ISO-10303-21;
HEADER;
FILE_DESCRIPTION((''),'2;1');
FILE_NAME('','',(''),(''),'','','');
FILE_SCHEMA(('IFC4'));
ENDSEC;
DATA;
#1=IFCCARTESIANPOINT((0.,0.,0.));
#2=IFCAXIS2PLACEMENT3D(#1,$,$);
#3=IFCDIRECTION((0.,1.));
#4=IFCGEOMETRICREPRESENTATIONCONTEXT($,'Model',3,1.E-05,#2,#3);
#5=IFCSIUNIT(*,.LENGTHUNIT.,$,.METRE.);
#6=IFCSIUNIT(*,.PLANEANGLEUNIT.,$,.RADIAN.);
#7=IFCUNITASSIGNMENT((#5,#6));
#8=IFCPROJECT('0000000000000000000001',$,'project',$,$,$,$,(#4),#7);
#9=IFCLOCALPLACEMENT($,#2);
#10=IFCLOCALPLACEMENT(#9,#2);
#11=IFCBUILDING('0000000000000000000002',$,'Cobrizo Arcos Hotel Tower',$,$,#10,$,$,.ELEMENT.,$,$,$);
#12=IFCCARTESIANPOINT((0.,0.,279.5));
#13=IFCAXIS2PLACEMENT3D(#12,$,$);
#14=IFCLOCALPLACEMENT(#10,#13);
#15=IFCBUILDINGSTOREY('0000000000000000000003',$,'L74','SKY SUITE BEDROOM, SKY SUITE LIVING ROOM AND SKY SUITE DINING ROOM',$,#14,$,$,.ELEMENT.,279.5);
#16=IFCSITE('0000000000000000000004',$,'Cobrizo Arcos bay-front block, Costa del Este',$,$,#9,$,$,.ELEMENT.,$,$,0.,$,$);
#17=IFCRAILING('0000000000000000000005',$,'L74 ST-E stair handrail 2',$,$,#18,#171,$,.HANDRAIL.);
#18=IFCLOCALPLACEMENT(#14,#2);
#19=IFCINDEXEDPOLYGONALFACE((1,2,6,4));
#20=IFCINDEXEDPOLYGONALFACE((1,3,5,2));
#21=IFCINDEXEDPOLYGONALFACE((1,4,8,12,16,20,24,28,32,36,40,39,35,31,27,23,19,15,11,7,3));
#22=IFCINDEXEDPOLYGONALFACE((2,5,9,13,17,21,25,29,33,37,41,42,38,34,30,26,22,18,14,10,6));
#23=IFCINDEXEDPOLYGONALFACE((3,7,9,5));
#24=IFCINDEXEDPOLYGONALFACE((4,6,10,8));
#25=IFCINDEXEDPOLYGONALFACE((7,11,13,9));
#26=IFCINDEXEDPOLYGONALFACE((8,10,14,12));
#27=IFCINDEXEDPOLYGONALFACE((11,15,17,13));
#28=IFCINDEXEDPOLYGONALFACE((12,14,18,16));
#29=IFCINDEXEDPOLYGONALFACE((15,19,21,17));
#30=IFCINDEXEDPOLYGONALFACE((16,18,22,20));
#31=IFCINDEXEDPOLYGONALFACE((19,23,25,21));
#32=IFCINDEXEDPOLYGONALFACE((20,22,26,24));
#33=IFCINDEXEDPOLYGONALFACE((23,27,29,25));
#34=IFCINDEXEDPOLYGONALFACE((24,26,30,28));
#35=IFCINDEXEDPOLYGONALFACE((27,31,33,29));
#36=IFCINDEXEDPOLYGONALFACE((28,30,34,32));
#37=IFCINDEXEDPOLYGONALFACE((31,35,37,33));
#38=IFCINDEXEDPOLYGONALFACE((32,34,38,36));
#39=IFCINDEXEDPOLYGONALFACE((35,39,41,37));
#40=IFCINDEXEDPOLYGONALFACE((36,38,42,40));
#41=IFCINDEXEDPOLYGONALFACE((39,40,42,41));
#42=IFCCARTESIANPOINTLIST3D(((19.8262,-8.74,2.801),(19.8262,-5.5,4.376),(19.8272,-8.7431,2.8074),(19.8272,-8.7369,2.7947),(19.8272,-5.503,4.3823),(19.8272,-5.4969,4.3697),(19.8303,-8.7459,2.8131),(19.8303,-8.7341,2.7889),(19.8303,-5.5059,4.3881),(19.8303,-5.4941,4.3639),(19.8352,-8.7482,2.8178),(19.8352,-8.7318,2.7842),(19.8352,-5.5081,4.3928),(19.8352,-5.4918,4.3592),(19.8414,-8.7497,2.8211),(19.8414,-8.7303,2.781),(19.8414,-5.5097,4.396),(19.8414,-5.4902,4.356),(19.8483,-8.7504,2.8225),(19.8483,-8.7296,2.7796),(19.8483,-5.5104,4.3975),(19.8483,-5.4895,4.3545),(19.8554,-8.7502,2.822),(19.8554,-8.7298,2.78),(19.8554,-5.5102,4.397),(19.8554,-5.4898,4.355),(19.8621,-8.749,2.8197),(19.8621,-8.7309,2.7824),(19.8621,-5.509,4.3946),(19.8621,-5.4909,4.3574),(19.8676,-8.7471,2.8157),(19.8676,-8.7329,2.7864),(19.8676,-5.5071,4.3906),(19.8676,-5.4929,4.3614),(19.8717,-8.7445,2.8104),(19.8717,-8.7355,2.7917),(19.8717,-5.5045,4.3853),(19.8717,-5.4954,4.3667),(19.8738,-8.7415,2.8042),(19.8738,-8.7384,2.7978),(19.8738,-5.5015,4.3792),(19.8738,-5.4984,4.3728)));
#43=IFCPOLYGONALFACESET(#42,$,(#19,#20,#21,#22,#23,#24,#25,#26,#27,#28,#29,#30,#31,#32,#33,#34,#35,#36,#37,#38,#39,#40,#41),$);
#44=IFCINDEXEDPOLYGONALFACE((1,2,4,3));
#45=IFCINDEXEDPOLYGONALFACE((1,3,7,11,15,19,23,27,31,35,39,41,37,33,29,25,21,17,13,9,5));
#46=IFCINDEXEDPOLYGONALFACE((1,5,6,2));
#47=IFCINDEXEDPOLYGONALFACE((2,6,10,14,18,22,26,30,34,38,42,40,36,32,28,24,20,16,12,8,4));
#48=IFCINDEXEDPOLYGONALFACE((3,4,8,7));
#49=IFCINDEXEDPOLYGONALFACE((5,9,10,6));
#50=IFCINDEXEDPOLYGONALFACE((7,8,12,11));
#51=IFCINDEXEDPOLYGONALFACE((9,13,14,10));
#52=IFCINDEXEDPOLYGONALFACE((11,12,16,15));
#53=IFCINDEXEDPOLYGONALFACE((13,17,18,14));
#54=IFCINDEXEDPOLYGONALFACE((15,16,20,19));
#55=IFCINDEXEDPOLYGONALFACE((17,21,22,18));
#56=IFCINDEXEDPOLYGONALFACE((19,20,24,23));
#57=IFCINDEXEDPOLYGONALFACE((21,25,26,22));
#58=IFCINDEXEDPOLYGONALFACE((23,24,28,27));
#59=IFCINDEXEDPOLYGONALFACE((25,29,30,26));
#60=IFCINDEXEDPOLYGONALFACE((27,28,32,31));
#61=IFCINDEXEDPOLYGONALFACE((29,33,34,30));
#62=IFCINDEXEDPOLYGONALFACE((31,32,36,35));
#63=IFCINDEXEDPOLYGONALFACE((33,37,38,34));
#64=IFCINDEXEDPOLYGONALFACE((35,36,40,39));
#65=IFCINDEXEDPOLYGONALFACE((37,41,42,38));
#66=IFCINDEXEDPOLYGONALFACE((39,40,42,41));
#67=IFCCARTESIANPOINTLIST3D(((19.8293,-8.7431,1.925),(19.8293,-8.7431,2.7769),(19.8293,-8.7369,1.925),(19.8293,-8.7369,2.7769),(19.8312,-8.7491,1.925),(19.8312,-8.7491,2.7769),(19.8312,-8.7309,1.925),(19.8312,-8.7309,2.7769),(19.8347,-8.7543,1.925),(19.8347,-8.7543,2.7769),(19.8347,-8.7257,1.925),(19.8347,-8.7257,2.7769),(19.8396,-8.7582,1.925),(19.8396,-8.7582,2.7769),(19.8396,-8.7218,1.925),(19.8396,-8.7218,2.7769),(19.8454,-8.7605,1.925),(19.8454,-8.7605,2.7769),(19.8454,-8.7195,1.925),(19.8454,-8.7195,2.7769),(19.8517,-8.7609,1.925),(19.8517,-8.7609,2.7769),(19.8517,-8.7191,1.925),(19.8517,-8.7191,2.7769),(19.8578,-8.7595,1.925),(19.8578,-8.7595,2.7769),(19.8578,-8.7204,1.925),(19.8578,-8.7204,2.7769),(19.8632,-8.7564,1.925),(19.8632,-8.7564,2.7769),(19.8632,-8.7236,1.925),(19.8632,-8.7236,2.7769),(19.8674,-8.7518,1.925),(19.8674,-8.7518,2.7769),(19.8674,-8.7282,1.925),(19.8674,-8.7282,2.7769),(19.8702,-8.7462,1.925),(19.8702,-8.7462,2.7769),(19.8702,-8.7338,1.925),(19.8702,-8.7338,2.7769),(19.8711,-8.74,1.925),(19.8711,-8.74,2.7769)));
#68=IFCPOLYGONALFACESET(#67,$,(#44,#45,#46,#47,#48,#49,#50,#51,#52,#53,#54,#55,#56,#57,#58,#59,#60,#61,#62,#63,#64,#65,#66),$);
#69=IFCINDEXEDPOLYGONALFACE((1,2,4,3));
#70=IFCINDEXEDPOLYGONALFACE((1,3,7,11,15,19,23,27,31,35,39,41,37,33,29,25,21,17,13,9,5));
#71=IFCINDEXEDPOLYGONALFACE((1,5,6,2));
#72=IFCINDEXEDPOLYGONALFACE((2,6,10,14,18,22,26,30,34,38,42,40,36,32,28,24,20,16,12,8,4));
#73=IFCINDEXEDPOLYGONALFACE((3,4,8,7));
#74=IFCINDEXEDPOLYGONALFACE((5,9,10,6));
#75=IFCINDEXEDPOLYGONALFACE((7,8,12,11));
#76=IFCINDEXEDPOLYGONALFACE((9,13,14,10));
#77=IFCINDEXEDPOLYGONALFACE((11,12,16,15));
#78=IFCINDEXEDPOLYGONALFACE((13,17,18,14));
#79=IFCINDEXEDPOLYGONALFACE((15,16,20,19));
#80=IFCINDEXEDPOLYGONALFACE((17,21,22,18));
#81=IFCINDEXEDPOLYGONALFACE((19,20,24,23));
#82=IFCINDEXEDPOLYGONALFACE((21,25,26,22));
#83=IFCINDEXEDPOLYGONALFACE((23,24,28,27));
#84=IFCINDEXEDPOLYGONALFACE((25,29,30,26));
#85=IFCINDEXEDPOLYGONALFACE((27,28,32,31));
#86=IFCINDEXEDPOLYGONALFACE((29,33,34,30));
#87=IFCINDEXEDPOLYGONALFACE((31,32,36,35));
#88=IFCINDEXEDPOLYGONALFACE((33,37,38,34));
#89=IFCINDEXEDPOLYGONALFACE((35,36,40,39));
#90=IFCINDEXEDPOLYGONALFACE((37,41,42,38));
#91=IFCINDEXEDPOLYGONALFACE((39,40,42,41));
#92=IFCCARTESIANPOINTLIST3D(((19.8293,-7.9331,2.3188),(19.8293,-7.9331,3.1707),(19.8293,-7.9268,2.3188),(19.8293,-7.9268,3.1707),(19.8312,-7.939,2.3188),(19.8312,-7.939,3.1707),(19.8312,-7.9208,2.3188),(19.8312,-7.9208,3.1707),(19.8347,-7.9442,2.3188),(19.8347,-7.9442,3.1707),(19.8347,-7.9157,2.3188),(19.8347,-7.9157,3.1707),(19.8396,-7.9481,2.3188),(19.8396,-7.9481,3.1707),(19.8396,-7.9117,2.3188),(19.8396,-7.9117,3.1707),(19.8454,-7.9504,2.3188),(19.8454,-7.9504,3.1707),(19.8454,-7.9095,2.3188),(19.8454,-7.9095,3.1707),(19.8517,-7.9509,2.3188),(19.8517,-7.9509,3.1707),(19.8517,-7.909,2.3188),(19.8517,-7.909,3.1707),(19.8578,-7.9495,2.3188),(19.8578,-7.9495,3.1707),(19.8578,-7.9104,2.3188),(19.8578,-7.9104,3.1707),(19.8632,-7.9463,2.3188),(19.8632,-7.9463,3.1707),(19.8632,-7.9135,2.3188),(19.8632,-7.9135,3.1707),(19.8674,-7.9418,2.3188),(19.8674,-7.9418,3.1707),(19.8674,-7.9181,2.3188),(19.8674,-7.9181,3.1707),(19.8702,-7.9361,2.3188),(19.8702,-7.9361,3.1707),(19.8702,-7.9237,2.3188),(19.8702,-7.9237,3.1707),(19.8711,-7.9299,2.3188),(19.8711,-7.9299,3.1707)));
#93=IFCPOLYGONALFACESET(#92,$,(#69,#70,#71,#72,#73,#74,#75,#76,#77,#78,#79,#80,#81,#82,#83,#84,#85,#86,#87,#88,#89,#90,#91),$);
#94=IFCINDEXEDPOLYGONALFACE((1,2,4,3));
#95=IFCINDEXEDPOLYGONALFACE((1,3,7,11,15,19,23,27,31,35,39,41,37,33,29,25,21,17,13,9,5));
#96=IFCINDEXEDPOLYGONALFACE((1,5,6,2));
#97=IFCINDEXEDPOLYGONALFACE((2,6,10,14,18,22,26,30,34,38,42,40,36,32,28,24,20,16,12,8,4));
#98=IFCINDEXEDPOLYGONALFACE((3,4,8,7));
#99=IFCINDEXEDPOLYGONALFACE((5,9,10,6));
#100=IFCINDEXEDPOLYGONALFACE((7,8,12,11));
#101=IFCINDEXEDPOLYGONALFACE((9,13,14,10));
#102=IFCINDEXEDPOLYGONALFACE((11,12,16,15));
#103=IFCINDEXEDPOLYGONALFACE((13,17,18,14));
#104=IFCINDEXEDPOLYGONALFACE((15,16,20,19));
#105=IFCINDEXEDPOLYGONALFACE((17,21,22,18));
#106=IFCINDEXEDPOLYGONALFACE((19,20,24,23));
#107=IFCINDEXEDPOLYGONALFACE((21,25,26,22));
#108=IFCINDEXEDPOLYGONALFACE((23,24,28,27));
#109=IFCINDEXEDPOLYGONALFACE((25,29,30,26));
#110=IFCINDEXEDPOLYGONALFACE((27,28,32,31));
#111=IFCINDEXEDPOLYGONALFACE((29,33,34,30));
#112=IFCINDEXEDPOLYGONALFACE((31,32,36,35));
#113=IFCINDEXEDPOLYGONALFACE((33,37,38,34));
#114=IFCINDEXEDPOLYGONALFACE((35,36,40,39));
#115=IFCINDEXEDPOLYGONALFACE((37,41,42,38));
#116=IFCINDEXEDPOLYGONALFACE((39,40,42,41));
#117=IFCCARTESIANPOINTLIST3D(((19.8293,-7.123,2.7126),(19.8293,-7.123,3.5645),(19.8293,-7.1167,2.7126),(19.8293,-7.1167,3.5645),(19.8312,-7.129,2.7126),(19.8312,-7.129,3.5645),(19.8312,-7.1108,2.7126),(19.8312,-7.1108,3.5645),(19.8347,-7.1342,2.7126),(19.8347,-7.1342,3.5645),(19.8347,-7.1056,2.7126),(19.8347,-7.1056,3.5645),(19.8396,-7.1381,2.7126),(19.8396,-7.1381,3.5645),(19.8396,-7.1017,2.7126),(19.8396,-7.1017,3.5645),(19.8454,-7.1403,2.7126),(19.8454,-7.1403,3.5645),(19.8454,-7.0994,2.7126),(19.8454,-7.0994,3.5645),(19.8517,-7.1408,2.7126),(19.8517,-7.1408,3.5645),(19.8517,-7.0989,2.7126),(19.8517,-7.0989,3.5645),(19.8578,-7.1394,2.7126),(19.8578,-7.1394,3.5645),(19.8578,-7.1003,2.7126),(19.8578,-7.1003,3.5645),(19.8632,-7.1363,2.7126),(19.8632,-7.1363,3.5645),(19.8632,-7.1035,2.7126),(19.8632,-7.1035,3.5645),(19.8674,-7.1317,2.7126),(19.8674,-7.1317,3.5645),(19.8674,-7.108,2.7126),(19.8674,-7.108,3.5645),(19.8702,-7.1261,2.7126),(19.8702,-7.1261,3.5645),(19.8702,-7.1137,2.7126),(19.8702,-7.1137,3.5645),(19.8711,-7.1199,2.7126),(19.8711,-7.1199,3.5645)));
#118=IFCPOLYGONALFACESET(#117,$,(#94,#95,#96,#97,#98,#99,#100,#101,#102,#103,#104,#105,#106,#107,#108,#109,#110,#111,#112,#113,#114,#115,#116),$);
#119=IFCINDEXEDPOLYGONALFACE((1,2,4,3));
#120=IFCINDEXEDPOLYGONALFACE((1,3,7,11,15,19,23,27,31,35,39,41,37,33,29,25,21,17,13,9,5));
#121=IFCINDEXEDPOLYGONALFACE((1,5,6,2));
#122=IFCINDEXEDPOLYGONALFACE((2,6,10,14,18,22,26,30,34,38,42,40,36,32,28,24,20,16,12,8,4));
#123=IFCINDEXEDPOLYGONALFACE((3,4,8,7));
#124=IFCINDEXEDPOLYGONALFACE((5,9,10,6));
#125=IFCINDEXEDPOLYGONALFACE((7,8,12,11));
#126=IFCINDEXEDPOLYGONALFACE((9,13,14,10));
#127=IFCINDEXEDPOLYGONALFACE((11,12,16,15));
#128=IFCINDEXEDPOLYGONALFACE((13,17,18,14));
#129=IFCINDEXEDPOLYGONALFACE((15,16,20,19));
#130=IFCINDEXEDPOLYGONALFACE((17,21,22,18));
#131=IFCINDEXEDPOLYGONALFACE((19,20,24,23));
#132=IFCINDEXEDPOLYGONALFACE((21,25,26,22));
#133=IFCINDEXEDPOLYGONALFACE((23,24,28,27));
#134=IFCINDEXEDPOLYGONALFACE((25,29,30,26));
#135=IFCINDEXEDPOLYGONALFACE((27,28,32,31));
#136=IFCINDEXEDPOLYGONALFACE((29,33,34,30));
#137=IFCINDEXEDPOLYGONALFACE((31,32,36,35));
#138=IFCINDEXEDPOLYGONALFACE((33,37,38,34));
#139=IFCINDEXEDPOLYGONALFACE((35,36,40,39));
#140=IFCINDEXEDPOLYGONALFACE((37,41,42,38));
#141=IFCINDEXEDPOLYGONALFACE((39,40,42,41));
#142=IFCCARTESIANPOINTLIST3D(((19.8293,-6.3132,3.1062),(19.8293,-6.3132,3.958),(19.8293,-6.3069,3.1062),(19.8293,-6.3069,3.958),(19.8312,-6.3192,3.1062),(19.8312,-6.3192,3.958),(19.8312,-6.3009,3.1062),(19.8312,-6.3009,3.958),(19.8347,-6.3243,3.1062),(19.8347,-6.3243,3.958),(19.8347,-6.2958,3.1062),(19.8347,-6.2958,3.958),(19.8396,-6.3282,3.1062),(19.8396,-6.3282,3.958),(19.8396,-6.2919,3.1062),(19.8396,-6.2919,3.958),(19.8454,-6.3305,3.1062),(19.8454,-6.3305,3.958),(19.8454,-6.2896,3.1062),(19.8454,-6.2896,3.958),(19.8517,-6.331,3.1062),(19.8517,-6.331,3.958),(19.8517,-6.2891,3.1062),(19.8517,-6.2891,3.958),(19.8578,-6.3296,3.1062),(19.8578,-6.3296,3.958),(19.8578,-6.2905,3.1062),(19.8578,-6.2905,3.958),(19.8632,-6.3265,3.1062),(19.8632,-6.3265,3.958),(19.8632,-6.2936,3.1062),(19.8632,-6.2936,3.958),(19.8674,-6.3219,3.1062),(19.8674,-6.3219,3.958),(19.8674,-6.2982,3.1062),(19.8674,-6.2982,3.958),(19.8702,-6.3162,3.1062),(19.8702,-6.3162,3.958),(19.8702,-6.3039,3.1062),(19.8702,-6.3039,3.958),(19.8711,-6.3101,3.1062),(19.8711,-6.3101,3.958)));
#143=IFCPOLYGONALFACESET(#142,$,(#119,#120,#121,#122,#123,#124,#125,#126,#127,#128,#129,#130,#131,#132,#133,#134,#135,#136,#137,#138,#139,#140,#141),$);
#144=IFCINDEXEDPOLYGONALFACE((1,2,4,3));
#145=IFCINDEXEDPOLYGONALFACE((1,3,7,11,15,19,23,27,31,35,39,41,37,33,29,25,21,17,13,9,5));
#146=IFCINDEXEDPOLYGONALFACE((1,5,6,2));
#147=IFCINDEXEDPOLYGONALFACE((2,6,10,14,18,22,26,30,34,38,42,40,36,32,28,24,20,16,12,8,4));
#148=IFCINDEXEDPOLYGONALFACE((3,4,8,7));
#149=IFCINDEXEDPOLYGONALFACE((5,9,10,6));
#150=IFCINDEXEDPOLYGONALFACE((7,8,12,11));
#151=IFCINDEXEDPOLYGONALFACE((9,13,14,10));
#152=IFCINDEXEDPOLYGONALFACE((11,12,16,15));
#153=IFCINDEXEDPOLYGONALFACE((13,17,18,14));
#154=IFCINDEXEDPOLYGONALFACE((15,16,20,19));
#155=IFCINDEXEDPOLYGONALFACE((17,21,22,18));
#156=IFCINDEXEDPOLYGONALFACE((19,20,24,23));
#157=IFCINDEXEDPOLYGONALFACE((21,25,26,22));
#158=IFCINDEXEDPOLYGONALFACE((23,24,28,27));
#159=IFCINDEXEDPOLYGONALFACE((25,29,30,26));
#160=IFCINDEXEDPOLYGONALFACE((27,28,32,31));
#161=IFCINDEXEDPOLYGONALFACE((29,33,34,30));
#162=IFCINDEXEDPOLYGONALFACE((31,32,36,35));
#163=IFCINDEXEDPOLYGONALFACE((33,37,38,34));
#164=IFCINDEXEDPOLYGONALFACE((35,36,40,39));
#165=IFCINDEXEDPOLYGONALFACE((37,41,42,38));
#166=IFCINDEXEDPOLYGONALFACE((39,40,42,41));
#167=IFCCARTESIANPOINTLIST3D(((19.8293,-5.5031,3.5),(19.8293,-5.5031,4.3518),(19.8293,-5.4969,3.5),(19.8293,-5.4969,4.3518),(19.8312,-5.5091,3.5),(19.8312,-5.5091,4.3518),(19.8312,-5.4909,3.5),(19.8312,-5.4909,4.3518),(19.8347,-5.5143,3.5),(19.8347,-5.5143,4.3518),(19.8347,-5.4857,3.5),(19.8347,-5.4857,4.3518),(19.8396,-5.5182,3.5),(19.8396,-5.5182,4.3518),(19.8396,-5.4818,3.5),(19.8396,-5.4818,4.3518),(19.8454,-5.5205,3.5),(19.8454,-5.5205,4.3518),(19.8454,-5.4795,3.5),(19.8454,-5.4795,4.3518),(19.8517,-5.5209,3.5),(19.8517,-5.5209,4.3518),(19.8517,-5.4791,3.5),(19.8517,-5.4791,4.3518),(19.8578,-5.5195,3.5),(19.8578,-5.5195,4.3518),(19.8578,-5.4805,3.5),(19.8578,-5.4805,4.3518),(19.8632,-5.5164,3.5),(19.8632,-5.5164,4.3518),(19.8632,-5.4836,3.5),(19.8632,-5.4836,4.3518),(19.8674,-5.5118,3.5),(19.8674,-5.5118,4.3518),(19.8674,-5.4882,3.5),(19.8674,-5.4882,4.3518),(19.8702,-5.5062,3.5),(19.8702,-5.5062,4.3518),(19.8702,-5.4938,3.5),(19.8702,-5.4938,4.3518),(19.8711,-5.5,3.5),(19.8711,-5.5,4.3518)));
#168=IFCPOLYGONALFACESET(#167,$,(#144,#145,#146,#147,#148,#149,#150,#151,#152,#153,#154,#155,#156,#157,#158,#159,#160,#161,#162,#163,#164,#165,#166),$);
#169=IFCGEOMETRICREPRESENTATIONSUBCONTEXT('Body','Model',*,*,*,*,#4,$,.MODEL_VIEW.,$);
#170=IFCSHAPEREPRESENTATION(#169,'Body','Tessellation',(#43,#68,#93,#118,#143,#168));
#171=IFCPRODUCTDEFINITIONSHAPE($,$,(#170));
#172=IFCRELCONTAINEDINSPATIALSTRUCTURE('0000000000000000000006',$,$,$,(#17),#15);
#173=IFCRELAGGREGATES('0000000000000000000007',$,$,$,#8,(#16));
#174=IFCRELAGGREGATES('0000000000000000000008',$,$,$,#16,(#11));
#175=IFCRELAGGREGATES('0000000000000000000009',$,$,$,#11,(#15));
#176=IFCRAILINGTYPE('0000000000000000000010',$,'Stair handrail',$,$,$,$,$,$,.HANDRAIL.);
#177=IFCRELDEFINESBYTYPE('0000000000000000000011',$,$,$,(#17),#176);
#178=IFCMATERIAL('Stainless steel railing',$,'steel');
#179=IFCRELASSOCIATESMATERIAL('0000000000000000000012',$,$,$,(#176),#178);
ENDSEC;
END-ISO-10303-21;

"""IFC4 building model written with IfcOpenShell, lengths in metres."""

from ifc_helpers import new_model, si_unit, direction, frame, origin, origin_2d, place, context, subcontext, project, spatial, circle, extrude, material, type_object, element, save


model = new_model("IFC4")

# Units and contexts
model_context = context("Model", 3, precision=1e-05, world=origin(), true_north=direction((0.0, 1.0)))
body_context = subcontext(model_context, "Body", "Model", "MODEL_VIEW")
ifc_project = project(units=[si_unit("LENGTHUNIT", "METRE"), si_unit("PLANEANGLEUNIT", "RADIAN")], contexts=[model_context])

# Site, building, storey
site_placement = place(None, origin())
site = spatial("IfcSite", under=ifc_project, at=site_placement, Name="Cobrizo Arcos bay-front block, Costa del Este", CompositionType="ELEMENT", RefElevation=0.0)
building_placement = place(site_placement, origin())
building = spatial("IfcBuilding", under=site, at=building_placement, Name="Cobrizo Arcos Hotel Tower", CompositionType="ELEMENT")
storey_placement = place(building_placement, frame((0.0, 0.0, 279.5)))
storey = spatial("IfcBuildingStorey", under=building, at=storey_placement, Name="L74", Description="SKY SUITE BEDROOM, SKY SUITE LIVING ROOM AND SKY SUITE DINING ROOM", CompositionType="ELEMENT", Elevation=279.5)

# Railing
ifc_material_1 = material(Name="Stainless steel railing", Category="steel")
railing_type_1 = type_object("IfcRailingType", Name="Stair handrail", PredefinedType="HANDRAIL", material=ifc_material_1)
railing_1_placement = place(storey_placement, frame((19.8501, -8.74, 1.925)))
element("IfcRailing", 1, at=railing_1_placement, inside=storey, type_object=railing_type_1, Name="L74 ST-E stair handrail 2", PredefinedType="HANDRAIL", context=body_context, shape_type="SweptSolid", body=[
    extrude(circle(Radius=0.0239, at=origin_2d()), frame((0.0, 0.0, 0.876), z_axis=(0.0, 0.899373, 0.437183), x_axis=(-1.0, 0.0, 0.0)), (0.0, 0.0, 1.0), 3.6025),
    extrude(circle(Radius=0.021, at=origin_2d()), origin(), (0.0, 0.0, 1.0), 0.8518),
    extrude(circle(Radius=0.021, at=origin_2d()), frame((0.0, 0.8101, 0.3938)), (0.0, 0.0, 1.0), 0.8518),
    extrude(circle(Radius=0.021, at=origin_2d()), frame((0.0, 1.6201, 0.7876)), (0.0, 0.0, 1.0), 0.8518),
    extrude(circle(Radius=0.021, at=origin_2d()), frame((0.0, 2.4299, 1.1812)), (0.0, 0.0, 1.0), 0.8518),
    extrude(circle(Radius=0.021, at=origin_2d()), frame((0.0, 3.24, 1.575)), (0.0, 0.0, 1.0), 0.8518),
])

save(model, "model.ifc")
